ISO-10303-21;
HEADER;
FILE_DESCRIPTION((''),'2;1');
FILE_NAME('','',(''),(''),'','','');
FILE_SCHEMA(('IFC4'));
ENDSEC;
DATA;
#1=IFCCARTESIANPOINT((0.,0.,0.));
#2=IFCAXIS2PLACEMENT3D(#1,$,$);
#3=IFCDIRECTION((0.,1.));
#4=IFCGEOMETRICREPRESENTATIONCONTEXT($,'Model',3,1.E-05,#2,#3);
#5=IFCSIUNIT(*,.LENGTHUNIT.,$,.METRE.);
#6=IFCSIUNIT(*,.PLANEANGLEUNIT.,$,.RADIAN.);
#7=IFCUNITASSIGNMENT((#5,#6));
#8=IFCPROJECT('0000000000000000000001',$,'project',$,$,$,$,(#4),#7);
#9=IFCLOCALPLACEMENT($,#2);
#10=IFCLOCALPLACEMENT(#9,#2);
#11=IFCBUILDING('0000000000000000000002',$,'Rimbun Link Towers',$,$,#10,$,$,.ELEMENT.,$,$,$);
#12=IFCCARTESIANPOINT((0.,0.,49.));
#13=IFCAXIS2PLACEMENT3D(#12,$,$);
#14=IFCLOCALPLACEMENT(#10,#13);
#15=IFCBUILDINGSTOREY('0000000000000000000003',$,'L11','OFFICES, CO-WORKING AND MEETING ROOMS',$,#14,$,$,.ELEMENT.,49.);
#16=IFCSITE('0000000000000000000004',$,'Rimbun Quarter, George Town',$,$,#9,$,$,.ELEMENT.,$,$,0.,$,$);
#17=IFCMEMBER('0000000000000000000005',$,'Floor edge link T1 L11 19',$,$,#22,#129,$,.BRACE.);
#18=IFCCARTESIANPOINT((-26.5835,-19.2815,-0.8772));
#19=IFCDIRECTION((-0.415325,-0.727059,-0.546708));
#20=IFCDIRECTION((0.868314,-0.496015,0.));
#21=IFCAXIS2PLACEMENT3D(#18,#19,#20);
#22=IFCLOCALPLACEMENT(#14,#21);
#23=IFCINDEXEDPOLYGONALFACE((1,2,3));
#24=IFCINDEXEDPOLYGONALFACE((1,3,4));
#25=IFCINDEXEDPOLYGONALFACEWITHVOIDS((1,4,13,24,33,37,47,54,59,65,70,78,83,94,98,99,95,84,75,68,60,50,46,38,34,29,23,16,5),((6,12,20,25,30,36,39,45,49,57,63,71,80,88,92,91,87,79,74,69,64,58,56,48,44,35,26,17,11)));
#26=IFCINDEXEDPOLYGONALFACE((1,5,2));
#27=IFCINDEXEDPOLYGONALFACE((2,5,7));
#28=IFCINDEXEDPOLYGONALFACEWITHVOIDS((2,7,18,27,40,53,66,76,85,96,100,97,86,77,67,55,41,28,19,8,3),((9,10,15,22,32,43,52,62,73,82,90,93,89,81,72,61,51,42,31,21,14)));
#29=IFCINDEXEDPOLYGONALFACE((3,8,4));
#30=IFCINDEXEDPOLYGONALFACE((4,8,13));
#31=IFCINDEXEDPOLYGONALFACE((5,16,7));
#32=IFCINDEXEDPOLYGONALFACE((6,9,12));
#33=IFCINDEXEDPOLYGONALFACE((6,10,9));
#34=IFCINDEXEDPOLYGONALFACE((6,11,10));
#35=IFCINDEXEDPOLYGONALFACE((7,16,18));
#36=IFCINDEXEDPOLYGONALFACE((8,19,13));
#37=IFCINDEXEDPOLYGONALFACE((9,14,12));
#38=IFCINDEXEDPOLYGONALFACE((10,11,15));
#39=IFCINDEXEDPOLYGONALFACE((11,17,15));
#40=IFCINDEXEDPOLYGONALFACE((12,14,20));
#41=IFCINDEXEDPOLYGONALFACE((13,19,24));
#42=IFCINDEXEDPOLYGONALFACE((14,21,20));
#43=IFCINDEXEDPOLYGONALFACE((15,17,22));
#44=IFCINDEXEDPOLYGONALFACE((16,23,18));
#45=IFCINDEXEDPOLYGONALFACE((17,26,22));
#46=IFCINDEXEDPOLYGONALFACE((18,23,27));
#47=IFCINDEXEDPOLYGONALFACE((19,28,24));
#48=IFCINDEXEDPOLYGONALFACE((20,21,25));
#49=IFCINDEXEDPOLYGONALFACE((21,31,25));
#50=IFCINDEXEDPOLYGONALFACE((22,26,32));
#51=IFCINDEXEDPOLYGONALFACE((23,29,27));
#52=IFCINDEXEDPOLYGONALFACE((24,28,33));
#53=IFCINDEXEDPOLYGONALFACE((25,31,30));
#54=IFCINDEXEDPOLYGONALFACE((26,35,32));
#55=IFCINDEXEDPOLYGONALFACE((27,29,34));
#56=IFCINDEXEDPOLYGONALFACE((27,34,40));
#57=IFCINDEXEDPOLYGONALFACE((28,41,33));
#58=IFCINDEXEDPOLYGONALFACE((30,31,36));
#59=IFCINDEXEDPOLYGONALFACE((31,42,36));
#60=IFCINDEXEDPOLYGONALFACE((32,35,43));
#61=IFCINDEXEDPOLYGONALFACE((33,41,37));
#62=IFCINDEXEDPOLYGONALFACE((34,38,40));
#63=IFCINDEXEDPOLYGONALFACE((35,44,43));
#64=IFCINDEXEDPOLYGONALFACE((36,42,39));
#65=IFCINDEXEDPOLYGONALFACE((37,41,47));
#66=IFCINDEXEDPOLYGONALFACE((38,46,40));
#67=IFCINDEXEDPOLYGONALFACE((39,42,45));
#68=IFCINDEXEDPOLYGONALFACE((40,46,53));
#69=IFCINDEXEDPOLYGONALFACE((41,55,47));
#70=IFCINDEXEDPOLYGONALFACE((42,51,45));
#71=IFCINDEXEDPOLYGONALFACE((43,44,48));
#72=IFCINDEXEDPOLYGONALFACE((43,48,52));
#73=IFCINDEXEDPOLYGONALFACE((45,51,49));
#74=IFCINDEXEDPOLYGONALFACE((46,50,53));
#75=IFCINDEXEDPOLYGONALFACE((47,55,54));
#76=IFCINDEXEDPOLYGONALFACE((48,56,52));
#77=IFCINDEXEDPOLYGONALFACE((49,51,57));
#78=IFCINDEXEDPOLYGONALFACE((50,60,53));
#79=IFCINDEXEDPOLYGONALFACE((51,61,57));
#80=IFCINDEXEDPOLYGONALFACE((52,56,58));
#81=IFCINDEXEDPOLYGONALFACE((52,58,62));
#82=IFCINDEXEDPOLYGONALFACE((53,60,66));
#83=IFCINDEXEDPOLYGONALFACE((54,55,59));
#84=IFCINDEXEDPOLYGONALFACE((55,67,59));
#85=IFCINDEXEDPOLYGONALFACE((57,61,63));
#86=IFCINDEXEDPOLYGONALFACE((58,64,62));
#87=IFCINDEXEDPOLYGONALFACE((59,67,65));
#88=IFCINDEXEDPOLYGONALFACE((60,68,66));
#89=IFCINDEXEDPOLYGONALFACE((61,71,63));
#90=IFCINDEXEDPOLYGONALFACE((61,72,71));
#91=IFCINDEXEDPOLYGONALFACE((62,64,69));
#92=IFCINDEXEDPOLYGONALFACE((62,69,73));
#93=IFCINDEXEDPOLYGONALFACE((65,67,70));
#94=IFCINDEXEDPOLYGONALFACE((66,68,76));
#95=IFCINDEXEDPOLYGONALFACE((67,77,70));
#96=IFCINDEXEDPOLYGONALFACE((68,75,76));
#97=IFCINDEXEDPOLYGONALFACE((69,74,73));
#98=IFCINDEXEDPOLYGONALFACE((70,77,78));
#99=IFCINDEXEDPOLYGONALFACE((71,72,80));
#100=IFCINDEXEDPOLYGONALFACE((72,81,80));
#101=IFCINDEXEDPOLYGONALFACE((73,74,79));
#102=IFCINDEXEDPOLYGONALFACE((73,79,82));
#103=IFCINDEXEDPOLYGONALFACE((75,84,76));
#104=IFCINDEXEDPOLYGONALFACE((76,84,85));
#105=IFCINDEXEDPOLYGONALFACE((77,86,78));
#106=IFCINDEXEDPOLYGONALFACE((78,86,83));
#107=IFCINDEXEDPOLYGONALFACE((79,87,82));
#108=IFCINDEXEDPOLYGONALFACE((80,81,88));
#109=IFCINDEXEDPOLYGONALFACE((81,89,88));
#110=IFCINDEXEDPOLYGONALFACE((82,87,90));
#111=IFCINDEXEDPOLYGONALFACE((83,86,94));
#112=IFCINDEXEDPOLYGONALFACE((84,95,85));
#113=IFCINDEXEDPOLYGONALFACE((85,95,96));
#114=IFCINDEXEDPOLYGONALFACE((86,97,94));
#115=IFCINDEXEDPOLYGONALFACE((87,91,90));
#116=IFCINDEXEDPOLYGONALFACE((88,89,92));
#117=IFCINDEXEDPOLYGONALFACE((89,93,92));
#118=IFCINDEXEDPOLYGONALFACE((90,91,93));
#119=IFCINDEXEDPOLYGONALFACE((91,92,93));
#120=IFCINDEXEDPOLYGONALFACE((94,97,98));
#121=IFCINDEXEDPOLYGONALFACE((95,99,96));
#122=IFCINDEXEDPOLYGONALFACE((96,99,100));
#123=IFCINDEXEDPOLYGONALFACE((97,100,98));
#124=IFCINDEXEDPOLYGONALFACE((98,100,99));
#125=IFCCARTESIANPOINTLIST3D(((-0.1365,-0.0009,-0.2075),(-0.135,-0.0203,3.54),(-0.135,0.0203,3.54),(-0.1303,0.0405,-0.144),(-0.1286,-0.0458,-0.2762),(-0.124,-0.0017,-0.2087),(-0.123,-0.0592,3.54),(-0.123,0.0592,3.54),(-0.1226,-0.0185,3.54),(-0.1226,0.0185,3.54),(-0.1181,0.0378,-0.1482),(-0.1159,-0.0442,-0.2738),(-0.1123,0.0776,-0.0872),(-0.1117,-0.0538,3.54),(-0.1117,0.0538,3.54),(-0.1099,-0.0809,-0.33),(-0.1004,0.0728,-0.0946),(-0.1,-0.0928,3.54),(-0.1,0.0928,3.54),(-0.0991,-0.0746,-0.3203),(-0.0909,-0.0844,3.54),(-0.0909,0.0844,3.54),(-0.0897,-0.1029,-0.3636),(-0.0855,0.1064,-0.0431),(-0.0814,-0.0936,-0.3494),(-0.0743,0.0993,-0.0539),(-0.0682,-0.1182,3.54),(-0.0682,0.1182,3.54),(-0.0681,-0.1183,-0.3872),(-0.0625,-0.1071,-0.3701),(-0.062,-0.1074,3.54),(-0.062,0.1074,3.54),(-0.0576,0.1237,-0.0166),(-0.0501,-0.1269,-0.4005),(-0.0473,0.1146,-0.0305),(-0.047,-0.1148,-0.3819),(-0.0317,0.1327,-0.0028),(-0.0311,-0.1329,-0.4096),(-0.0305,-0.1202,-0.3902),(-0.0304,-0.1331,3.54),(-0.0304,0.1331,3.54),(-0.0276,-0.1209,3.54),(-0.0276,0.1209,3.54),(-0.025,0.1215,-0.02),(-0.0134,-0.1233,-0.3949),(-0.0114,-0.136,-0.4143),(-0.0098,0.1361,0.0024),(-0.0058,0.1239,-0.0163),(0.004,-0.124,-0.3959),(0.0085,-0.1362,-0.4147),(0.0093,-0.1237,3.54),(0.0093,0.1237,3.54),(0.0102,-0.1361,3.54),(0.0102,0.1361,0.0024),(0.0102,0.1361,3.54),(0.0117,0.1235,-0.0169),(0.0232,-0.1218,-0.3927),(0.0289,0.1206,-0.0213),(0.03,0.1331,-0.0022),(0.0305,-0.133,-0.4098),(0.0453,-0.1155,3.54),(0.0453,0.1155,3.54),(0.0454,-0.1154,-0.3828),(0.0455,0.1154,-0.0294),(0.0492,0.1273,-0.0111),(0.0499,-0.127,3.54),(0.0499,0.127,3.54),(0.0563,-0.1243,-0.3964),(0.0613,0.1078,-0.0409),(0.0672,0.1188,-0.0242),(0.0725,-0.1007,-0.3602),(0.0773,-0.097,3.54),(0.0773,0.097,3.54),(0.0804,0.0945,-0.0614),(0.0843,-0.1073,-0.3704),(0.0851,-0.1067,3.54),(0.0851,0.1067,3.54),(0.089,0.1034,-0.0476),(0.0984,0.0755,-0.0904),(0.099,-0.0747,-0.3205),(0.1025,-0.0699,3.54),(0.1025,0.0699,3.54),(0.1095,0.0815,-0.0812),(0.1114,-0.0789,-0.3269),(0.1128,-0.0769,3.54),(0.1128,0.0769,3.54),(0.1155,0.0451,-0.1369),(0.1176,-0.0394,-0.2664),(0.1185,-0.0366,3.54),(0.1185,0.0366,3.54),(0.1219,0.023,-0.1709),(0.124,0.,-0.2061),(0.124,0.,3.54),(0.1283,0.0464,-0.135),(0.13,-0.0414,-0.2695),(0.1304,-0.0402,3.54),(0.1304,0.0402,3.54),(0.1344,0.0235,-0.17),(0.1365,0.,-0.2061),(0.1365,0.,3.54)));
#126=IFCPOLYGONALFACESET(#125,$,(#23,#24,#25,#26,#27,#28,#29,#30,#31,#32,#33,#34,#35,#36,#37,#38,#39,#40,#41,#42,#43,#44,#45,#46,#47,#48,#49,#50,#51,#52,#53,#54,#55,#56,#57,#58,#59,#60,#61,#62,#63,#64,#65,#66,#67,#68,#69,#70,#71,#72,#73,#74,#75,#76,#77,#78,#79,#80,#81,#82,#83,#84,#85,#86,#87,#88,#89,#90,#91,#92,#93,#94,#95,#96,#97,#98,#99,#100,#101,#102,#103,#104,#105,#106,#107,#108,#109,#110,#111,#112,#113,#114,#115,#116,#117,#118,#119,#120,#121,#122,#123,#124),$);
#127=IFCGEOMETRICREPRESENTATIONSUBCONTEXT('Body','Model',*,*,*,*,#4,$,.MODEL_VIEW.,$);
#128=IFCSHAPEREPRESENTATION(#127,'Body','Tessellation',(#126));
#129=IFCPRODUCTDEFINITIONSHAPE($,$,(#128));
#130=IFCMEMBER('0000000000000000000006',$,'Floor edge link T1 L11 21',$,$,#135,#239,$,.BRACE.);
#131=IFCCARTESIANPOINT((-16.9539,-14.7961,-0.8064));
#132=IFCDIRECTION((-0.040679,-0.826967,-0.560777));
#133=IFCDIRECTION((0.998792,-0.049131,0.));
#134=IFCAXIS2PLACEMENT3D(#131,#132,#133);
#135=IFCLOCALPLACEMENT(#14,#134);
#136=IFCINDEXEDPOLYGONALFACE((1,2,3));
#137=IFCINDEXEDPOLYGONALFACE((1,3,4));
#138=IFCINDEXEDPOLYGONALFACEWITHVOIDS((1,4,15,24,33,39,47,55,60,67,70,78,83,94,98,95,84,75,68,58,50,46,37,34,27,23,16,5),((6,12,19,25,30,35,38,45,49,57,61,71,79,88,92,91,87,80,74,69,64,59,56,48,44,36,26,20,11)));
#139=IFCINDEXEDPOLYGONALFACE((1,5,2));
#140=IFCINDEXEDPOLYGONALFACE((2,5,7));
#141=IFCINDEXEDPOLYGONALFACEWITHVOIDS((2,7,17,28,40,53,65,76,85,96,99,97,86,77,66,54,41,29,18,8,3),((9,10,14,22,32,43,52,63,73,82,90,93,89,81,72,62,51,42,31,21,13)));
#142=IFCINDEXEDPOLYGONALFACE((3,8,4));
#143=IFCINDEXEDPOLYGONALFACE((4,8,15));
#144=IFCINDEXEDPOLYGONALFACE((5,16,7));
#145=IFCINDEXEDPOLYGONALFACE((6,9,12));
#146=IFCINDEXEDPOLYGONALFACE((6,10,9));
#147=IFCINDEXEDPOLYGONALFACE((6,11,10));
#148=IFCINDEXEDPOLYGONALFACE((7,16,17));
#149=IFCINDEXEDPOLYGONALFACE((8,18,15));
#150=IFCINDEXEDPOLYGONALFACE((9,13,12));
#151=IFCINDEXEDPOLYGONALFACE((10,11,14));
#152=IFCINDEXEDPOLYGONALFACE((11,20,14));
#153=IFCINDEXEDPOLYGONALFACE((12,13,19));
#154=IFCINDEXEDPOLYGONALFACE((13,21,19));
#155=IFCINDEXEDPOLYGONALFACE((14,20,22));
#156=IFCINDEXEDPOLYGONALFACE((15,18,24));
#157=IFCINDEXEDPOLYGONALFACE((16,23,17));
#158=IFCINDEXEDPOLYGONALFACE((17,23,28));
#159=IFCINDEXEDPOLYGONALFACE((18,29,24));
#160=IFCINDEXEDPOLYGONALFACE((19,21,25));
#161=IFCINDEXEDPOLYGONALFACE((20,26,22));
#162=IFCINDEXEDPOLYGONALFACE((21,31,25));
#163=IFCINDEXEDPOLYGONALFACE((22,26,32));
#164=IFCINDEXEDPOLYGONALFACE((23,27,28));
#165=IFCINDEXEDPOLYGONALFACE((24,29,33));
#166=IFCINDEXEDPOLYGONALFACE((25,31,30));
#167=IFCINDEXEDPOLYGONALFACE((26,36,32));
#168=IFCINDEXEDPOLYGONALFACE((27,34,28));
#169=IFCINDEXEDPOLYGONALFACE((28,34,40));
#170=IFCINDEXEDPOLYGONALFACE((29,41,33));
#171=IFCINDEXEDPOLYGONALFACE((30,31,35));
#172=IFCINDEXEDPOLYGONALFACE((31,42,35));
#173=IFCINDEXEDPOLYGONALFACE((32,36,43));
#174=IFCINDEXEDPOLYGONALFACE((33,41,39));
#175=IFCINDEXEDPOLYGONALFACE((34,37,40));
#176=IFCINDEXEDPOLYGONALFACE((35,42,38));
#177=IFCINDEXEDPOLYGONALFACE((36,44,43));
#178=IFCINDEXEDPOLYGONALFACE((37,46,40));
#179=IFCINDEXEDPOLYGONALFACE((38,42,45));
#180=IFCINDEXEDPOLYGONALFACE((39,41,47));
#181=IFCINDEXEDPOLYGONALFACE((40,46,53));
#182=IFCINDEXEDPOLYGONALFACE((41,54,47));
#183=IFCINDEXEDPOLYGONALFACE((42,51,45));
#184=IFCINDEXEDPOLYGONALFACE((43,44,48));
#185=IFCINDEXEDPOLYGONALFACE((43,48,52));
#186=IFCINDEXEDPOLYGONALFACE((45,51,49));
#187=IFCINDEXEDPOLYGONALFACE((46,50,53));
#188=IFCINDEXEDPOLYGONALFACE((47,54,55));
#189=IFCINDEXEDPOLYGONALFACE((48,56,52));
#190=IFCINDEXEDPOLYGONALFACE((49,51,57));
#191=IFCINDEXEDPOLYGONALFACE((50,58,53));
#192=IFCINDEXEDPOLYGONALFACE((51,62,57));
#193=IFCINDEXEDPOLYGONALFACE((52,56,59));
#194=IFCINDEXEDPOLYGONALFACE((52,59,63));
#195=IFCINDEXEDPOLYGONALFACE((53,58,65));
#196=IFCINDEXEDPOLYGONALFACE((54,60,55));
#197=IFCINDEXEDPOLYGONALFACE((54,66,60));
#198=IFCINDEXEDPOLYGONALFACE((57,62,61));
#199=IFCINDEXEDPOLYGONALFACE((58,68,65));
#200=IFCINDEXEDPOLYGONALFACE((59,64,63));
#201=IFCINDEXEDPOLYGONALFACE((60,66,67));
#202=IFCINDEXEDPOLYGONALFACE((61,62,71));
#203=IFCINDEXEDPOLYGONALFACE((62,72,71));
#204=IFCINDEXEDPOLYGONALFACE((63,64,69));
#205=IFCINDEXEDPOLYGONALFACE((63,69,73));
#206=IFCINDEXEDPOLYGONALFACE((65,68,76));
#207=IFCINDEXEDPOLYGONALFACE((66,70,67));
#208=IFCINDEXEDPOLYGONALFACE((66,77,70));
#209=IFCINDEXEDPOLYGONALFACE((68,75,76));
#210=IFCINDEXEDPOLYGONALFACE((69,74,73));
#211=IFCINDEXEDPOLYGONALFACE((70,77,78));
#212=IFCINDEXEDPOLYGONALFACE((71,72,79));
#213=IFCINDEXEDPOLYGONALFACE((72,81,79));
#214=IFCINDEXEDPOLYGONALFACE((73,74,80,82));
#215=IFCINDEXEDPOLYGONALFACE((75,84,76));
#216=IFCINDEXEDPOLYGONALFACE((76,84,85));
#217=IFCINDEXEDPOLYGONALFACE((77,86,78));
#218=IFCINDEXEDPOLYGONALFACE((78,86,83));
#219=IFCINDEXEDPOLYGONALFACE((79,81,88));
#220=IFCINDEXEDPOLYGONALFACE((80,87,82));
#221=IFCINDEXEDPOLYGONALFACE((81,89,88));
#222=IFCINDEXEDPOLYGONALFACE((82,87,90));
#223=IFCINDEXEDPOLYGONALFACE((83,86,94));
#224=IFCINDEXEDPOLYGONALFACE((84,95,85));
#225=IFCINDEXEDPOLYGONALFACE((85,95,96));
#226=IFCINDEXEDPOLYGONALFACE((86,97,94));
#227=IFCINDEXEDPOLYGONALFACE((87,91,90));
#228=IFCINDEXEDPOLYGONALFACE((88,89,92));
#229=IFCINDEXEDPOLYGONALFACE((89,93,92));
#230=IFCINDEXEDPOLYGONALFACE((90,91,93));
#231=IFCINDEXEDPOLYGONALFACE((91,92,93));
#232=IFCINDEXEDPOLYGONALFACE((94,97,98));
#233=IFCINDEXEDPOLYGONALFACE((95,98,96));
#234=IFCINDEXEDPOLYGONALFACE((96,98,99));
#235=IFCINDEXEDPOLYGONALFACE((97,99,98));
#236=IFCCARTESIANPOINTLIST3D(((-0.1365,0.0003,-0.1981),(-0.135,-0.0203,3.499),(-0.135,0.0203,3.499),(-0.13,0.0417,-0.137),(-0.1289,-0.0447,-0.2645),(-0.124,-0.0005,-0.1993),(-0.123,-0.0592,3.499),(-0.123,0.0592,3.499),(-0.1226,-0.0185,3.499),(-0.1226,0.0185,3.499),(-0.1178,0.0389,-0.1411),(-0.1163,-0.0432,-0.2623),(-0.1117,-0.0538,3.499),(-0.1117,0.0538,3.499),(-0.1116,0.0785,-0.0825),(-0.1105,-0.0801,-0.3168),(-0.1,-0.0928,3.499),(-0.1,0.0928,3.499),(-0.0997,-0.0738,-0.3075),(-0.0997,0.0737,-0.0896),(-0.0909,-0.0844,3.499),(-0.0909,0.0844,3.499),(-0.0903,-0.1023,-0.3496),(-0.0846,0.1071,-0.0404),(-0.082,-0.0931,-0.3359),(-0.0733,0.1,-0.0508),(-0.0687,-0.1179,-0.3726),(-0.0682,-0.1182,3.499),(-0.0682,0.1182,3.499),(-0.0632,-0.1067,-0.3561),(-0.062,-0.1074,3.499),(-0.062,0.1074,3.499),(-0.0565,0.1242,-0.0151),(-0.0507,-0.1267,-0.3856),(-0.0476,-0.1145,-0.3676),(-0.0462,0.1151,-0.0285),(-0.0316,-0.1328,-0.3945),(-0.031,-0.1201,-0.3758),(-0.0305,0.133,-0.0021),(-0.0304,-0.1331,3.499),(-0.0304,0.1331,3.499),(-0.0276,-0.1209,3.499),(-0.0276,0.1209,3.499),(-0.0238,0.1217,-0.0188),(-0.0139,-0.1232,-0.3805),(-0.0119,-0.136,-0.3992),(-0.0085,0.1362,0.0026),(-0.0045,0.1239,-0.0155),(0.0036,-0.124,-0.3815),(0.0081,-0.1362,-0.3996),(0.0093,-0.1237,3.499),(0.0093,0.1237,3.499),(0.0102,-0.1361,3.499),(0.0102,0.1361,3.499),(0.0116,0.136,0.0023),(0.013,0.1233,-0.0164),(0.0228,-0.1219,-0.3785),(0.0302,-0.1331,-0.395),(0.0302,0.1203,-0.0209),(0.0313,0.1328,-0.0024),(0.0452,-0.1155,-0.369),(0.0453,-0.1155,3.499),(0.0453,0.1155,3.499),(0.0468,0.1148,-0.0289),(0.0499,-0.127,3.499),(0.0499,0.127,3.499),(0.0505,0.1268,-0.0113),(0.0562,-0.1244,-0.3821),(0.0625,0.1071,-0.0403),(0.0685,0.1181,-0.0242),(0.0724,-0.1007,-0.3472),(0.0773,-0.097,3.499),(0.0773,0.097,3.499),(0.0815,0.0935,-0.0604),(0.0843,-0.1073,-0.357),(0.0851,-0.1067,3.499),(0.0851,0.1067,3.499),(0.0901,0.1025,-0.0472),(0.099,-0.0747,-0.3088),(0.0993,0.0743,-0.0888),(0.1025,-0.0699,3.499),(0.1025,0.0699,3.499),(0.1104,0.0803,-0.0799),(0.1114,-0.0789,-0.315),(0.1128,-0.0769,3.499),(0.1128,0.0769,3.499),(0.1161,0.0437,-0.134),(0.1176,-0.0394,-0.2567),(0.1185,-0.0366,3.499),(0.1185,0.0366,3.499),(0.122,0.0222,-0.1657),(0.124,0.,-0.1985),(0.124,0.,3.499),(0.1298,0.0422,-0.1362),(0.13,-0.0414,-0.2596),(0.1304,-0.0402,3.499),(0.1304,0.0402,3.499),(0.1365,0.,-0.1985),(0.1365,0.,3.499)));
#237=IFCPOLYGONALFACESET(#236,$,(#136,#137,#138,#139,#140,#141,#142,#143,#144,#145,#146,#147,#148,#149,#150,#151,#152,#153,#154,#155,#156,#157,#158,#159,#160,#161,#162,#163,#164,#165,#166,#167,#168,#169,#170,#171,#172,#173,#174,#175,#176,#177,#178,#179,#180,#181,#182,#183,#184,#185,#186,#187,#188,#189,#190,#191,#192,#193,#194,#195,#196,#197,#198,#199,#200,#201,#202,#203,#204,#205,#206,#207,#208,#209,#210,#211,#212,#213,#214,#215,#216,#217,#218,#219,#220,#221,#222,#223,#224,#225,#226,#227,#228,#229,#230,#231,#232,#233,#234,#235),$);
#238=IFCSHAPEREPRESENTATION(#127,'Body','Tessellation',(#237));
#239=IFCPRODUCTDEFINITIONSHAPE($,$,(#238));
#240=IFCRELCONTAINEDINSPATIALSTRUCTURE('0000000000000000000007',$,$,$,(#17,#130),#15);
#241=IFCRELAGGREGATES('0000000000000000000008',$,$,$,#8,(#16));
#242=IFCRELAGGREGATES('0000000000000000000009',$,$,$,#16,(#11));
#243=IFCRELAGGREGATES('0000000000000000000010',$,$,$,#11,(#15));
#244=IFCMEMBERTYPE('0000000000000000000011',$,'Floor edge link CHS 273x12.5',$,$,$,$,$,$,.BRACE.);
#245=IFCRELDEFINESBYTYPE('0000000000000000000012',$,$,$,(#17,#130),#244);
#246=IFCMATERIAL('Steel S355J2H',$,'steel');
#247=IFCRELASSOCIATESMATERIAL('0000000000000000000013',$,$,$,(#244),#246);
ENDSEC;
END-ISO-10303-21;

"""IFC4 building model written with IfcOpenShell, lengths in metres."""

from ifc_helpers import new_model, si_unit, direction, frame, origin, origin_2d, place, context, subcontext, project, spatial, hollow_circle, extrude, clip, halfspace, material, material_profile, profile_set, type_object, element, save


model = new_model("IFC4")

# Units and contexts
model_context = context("Model", 3, precision=1e-05, world=origin(), true_north=direction((0.0, 1.0)))
body_context = subcontext(model_context, "Body", "Model", "MODEL_VIEW")
ifc_project = project(units=[si_unit("LENGTHUNIT", "METRE"), si_unit("PLANEANGLEUNIT", "RADIAN")], contexts=[model_context])

# Site, building, storey
site_placement = place(None, origin())
site = spatial("IfcSite", under=ifc_project, at=site_placement, Name="Rimbun Quarter, George Town", CompositionType="ELEMENT", RefElevation=0.0)
building_placement = place(site_placement, origin())
building = spatial("IfcBuilding", under=site, at=building_placement, Name="Rimbun Link Towers", CompositionType="ELEMENT")
storey_placement = place(building_placement, frame((0.0, 0.0, 49.0)))
storey = spatial("IfcBuildingStorey", under=building, at=storey_placement, Name="L11", Description="OFFICES, CO-WORKING AND MEETING ROOMS", CompositionType="ELEMENT", Elevation=49.0)

# Members
ifc_material_1 = material(Name="Steel S355J2H", Category="steel")
ifc_material_profile_1 = material_profile(ifc_material_1, hollow_circle(Radius=0.1365, WallThickness=0.0125, at=origin_2d()), Name="CHS 273x12.5")
ifc_profile_set_1 = profile_set([ifc_material_profile_1], Name="Steel S355J2H")
member_type_1 = type_object("IfcMemberType", Name="Floor edge link CHS 273x12.5", PredefinedType="BRACE", material=ifc_profile_set_1)
member_1_placement = place(storey_placement, frame((-26.5835, -19.2815, -0.8772), z_axis=(-0.415325, -0.727059, -0.546708), x_axis=(0.868314, -0.496015, 0.0)))
element("IfcMember", 1, at=member_1_placement, inside=storey, type_object=member_type_1, Name="Floor edge link T1 L11 19", PredefinedType="BRACE", context=body_context, shape_type="Clipping", body=[
    clip(extrude(hollow_circle(Radius=0.1365, WallThickness=0.0125, at=origin_2d()), frame((0.0, 0.0, -0.4363)), (0.0, 0.0, 1.0), 3.9763), halfspace(frame((0.0, 0.0, -0.2061), z_axis=(0.0, 0.837323, -0.546708)), False)),
])
member_2_placement = place(storey_placement, frame((-16.9539, -14.7961, -0.8064), z_axis=(-0.040679, -0.826967, -0.560777), x_axis=(0.998792, -0.049131, 0.0)))
element("IfcMember", 2, at=member_2_placement, inside=storey, type_object=member_type_1, Name="Floor edge link T1 L11 21", PredefinedType="BRACE", context=body_context, shape_type="Clipping", body=[
    clip(extrude(hollow_circle(Radius=0.1365, WallThickness=0.0125, at=origin_2d()), frame((0.0, 0.0, -0.4209)), (0.0, 0.0, 1.0), 3.9199), halfspace(frame((0.0, 0.0, -0.1985), z_axis=(0.0, 0.827967, -0.560777)), False)),
])

save(model, "model.ifc")
